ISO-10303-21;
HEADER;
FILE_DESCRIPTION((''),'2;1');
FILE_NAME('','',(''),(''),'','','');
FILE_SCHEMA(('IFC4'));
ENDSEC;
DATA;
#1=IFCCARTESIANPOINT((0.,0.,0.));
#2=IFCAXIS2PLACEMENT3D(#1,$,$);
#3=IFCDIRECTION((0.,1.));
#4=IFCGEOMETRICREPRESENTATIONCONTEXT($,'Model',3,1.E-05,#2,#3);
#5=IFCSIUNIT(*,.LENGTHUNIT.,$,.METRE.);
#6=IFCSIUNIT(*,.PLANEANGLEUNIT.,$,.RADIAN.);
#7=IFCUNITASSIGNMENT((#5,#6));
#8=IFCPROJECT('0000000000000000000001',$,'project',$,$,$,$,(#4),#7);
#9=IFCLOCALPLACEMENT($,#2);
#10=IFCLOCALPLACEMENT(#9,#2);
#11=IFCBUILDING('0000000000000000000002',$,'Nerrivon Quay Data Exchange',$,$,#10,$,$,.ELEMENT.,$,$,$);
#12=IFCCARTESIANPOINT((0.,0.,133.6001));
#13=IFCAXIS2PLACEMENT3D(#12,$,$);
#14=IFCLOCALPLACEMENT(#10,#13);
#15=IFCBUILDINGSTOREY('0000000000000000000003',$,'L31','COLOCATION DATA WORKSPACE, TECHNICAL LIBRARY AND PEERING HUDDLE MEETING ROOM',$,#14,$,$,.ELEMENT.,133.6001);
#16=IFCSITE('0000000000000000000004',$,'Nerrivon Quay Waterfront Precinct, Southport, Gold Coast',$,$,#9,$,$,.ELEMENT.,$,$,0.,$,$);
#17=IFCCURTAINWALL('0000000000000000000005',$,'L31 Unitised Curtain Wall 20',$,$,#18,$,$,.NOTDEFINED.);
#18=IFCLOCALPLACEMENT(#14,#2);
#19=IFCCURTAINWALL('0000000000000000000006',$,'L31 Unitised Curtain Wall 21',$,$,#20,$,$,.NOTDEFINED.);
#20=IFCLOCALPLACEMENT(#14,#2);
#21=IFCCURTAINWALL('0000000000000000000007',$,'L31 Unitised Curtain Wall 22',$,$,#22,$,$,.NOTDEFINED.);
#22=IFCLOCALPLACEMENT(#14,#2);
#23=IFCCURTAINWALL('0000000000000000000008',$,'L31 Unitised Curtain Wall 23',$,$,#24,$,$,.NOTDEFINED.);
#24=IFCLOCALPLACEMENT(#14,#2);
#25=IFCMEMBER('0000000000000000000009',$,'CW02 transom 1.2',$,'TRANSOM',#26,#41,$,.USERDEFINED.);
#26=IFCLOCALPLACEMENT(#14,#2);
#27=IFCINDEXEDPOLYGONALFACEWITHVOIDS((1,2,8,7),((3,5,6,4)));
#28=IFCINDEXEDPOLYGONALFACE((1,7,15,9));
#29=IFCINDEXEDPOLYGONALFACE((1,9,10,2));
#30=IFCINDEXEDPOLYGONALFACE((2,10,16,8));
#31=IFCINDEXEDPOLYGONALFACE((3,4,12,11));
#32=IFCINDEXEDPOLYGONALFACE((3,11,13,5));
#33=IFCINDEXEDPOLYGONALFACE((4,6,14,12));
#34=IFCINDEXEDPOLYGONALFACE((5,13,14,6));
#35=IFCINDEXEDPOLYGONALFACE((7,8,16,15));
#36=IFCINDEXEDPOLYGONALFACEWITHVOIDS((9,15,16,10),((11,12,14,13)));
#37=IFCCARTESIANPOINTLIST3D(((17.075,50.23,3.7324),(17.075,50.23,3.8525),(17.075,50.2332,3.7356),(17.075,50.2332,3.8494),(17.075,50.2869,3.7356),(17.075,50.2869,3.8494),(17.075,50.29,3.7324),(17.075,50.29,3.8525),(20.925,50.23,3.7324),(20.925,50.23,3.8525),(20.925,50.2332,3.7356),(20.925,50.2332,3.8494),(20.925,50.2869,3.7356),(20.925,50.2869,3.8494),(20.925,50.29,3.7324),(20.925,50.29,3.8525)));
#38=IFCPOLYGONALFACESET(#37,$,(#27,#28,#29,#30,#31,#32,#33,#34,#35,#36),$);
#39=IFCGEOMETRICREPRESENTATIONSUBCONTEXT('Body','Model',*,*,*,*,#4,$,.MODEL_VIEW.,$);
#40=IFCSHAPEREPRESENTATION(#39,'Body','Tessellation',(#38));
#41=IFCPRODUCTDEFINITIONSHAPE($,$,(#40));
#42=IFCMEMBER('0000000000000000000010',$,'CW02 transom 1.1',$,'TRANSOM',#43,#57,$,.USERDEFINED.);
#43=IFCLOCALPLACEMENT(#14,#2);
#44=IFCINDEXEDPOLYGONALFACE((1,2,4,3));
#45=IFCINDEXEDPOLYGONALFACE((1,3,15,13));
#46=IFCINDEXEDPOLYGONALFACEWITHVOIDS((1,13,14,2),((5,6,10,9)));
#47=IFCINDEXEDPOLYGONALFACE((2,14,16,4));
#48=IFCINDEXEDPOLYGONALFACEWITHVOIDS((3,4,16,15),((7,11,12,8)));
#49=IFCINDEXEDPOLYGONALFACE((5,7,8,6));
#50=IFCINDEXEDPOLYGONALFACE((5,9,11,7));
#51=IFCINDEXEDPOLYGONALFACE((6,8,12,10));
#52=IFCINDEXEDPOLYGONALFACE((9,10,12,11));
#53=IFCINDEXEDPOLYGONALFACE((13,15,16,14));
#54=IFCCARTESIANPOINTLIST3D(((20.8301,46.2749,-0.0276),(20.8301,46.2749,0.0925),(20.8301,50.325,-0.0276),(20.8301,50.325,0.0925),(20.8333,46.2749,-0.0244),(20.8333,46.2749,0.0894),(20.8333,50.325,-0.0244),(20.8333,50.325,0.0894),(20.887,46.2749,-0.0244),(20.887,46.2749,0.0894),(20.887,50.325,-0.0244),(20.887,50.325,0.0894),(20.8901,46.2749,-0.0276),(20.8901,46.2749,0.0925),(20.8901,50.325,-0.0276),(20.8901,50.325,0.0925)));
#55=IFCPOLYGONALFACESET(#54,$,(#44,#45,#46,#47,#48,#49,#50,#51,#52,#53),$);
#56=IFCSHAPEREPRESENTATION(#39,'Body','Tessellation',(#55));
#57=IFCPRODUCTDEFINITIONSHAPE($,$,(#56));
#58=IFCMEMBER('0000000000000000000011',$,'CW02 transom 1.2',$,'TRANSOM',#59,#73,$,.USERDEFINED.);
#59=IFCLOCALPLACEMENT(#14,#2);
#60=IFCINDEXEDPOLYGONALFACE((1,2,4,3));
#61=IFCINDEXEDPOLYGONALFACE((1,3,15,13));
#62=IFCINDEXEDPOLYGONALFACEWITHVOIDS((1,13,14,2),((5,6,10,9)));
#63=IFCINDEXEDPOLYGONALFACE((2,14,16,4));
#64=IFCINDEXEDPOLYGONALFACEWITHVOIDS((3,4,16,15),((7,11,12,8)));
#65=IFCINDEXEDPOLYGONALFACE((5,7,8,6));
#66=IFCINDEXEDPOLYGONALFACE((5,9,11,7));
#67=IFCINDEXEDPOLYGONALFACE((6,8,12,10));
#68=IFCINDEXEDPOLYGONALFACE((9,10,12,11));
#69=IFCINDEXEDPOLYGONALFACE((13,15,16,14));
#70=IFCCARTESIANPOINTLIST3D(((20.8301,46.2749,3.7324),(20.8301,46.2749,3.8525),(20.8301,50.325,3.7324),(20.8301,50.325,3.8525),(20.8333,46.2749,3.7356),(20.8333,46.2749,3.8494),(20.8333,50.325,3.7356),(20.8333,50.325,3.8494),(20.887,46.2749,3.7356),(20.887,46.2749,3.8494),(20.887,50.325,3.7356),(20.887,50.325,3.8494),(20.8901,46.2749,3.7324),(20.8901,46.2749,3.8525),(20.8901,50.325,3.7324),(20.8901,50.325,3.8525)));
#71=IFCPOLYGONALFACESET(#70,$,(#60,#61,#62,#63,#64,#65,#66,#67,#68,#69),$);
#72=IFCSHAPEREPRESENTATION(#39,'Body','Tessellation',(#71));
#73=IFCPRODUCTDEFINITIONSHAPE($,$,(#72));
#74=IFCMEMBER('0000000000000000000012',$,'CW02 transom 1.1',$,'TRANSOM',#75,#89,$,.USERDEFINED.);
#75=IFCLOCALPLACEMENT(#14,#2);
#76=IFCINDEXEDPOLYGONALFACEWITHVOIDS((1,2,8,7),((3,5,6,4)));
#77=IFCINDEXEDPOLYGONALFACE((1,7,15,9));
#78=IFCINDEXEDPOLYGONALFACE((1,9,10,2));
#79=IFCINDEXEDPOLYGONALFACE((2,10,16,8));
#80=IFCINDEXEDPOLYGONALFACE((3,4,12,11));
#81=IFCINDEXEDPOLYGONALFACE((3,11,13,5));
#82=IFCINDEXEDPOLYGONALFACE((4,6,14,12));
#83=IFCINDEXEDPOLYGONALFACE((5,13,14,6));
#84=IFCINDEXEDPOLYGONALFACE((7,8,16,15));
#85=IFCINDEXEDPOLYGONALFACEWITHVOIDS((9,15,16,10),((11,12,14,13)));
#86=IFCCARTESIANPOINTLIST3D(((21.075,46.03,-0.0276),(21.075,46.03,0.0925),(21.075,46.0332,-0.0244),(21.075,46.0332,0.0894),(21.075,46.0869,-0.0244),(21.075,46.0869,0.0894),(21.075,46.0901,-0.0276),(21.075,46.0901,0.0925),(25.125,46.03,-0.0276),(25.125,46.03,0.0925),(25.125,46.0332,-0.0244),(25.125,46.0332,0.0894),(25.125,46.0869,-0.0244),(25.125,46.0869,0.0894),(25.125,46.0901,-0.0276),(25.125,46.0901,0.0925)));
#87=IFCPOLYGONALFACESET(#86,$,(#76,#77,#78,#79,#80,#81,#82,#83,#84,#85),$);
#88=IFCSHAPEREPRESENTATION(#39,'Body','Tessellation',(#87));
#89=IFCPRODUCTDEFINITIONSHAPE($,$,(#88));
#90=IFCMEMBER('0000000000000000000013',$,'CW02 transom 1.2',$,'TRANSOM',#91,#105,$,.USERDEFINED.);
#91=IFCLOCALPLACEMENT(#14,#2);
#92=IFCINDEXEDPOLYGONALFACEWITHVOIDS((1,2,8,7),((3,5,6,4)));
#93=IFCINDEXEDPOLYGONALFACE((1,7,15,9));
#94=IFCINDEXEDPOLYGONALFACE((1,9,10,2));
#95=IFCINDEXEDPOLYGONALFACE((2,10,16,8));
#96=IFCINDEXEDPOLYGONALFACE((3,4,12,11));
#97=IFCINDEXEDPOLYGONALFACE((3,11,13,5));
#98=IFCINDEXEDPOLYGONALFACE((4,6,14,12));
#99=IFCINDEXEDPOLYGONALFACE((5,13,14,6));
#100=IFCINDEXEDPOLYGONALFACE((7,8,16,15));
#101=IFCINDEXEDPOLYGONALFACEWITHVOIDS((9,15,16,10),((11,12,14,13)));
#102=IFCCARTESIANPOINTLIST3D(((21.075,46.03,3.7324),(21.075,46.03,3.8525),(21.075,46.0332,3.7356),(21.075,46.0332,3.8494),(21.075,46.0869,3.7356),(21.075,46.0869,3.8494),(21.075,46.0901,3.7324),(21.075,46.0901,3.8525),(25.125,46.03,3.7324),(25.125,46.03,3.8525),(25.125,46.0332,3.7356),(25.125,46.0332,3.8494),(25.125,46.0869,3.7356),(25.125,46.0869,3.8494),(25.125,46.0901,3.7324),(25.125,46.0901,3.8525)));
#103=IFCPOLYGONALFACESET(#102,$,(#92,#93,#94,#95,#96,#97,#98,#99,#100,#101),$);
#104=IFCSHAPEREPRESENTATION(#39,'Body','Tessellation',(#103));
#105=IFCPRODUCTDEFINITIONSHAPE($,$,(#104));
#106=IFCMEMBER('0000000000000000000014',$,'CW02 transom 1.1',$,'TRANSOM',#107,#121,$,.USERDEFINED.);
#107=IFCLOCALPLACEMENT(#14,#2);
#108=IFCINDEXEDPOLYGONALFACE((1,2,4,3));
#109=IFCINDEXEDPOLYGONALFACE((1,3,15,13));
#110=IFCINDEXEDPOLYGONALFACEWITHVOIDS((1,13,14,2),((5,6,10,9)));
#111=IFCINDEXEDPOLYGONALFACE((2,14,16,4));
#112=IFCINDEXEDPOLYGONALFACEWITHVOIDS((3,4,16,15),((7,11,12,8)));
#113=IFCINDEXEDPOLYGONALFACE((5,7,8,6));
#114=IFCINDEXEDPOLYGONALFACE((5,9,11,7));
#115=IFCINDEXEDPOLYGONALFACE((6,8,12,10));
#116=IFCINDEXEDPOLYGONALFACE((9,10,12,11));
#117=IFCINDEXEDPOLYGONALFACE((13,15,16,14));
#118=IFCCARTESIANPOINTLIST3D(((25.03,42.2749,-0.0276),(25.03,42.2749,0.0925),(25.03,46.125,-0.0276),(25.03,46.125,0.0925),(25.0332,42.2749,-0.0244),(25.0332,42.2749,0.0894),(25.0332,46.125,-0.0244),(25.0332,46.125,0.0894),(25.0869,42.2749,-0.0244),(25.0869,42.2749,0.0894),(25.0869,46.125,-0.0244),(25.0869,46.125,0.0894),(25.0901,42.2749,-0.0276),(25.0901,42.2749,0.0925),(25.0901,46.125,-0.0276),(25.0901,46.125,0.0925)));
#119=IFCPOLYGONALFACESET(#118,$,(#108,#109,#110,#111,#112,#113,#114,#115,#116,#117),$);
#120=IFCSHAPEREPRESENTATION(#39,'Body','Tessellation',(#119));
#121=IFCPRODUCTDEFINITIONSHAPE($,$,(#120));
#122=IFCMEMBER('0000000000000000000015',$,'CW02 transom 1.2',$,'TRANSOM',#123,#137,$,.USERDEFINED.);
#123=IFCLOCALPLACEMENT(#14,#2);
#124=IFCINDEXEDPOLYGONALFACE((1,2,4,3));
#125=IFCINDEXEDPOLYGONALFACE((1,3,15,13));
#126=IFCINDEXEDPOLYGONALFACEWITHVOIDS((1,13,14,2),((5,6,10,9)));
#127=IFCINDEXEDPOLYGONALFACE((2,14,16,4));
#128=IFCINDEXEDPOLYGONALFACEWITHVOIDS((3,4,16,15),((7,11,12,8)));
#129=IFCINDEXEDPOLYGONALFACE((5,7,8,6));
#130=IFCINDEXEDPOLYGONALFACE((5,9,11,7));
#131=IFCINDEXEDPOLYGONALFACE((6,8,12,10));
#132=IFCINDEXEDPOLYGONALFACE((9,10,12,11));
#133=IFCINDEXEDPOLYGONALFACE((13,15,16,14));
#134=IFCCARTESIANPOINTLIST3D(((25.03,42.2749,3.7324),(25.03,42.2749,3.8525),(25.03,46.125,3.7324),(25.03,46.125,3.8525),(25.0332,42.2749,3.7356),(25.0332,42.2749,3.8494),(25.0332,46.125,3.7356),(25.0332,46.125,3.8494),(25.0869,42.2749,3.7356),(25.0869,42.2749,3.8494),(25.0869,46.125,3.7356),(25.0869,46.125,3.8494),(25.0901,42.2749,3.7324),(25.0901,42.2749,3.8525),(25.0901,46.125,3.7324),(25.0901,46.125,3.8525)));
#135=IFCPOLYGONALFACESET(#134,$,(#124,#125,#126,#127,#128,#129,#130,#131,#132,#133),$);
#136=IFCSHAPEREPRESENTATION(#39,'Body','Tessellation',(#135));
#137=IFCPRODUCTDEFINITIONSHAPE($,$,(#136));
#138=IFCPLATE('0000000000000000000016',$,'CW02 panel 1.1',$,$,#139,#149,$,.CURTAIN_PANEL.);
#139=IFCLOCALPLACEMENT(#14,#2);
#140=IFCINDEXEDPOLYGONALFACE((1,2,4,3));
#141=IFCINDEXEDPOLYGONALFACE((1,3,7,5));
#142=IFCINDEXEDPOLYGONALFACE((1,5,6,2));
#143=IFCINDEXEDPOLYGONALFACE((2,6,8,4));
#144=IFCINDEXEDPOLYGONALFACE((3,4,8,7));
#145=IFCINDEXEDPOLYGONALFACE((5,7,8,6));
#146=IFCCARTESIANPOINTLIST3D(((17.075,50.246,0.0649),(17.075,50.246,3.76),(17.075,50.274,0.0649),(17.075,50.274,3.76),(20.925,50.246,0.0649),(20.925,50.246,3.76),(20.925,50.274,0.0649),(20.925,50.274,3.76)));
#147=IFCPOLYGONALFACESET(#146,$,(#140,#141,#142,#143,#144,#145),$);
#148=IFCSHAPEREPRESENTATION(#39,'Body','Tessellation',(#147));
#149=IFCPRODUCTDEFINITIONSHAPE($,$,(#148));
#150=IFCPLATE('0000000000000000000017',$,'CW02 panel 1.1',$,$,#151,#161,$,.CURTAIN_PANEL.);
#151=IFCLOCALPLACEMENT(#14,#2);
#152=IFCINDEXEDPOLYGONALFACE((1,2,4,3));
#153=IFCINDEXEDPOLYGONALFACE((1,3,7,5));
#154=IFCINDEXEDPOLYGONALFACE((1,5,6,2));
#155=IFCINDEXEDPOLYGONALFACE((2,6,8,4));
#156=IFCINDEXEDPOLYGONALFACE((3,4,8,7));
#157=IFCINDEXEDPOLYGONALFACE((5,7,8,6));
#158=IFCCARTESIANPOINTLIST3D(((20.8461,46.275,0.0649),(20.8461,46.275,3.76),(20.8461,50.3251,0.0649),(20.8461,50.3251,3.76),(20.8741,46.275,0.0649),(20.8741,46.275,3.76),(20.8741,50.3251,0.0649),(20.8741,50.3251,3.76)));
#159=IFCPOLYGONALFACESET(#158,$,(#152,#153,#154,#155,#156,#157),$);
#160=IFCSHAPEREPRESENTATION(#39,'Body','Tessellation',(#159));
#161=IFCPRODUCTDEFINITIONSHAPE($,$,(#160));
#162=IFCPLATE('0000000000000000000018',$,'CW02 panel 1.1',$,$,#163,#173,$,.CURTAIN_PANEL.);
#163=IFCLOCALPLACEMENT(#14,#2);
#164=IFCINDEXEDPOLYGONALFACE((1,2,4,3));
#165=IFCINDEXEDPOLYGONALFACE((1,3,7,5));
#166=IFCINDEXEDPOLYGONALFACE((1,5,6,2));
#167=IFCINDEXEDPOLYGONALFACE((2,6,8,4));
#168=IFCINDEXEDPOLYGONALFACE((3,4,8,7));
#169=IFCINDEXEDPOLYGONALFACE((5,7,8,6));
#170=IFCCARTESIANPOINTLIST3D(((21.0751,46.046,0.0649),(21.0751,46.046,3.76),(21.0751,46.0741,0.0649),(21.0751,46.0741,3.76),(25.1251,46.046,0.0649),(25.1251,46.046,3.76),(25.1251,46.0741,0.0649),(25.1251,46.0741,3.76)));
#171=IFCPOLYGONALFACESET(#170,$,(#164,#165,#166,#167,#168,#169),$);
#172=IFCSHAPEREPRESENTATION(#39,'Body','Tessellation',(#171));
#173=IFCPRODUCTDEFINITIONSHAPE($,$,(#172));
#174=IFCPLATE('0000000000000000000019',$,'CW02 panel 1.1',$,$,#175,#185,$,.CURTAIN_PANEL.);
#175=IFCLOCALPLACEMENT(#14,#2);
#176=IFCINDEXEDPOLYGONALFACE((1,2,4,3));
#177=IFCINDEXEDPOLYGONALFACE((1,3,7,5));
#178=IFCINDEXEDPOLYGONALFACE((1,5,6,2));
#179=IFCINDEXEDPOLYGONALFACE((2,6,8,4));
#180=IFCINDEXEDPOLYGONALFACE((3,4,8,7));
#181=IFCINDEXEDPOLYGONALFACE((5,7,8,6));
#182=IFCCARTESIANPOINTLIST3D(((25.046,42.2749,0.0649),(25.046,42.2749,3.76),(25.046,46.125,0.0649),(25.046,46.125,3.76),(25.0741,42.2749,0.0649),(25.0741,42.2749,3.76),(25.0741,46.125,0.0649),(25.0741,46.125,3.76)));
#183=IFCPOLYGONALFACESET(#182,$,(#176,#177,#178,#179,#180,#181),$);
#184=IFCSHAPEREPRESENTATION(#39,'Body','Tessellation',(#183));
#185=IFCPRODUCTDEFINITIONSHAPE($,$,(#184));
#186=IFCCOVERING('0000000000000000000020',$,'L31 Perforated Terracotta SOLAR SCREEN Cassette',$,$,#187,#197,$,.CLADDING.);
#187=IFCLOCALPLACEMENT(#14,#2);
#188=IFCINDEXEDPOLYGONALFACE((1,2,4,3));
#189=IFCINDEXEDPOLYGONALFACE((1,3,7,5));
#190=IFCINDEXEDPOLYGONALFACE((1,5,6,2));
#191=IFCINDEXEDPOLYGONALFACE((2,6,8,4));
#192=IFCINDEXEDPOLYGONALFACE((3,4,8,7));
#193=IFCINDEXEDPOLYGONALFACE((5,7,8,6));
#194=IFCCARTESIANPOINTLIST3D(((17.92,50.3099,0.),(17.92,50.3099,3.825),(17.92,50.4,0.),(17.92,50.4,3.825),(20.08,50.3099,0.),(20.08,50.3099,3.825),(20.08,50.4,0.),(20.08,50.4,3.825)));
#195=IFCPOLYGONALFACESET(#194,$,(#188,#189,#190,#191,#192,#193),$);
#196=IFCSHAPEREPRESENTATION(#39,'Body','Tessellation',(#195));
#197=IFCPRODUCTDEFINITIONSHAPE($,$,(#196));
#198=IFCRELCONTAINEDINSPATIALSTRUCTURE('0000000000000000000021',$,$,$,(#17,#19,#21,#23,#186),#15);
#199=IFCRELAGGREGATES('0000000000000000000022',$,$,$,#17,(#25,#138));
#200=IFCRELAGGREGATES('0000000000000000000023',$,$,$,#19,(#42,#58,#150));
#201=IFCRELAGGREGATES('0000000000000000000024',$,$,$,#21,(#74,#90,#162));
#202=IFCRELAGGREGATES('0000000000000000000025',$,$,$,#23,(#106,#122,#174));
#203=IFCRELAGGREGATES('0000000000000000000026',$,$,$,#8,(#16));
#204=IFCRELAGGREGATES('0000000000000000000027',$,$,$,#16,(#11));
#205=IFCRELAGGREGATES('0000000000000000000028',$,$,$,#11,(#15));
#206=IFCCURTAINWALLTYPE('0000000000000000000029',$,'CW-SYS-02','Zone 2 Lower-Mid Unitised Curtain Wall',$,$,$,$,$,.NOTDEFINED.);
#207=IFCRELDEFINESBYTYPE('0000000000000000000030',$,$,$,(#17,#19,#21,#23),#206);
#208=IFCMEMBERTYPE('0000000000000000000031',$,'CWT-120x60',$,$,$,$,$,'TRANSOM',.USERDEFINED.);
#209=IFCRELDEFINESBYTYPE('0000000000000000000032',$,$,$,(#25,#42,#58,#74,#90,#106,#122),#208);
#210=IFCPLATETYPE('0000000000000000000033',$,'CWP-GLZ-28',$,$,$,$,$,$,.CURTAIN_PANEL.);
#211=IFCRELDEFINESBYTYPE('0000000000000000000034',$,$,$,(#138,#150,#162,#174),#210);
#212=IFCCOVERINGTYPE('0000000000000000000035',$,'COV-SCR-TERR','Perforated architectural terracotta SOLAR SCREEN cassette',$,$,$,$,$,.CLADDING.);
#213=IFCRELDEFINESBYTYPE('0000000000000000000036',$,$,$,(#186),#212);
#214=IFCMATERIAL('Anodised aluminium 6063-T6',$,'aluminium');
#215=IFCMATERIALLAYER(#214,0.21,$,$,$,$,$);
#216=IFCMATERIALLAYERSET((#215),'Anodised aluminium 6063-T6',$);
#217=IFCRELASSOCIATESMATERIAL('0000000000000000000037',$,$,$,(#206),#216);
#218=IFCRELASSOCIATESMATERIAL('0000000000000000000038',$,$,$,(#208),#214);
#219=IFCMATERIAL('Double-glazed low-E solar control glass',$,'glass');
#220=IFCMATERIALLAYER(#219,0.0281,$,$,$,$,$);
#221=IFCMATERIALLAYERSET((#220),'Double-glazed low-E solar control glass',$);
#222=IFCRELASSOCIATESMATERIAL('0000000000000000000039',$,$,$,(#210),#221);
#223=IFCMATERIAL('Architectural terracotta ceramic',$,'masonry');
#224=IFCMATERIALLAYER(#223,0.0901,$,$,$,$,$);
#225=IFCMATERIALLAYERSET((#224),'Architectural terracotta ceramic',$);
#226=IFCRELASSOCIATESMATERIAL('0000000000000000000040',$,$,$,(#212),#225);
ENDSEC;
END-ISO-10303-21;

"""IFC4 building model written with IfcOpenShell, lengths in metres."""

from ifc_helpers import new_model, si_unit, direction, frame, origin, origin_2d, place, context, subcontext, project, spatial, rectangle, hollow_rectangle, extrude, material, layer, layer_set, material_profile, profile_set, type_object, element, aggregate, save


model = new_model("IFC4")

# Units and contexts
model_context = context("Model", 3, precision=1e-05, world=origin(), true_north=direction((0.0, 1.0)))
body_context = subcontext(model_context, "Body", "Model", "MODEL_VIEW")
ifc_project = project(units=[si_unit("LENGTHUNIT", "METRE"), si_unit("PLANEANGLEUNIT", "RADIAN")], contexts=[model_context])

# Site, building, storey
site_placement = place(None, origin())
site = spatial("IfcSite", under=ifc_project, at=site_placement, Name="Nerrivon Quay Waterfront Precinct, Southport, Gold Coast", CompositionType="ELEMENT", RefElevation=0.0)
building_placement = place(site_placement, origin())
building = spatial("IfcBuilding", under=site, at=building_placement, Name="Nerrivon Quay Data Exchange", CompositionType="ELEMENT")
storey_placement = place(building_placement, frame((0.0, 0.0, 133.6001)))
storey = spatial("IfcBuildingStorey", under=building, at=storey_placement, Name="L31", Description="COLOCATION DATA WORKSPACE, TECHNICAL LIBRARY AND PEERING HUDDLE MEETING ROOM", CompositionType="ELEMENT", Elevation=133.6001)

# Shared definitions
ifc_material_1 = material(Name="Anodised aluminium 6063-T6", Category="aluminium")
ifc_layer_1 = layer(ifc_material_1, 0.21)
ifc_layer_set_1 = layer_set([ifc_layer_1], Name="Anodised aluminium 6063-T6")
curtain_wall_type = type_object("IfcCurtainWallType", Name="CW-SYS-02", Description="Zone 2 Lower-Mid Unitised Curtain Wall", PredefinedType="NOTDEFINED", material=ifc_layer_set_1)

# Curtain walls
curtain_wall_1_placement = place(storey_placement, origin())
curtain_wall_1 = element("IfcCurtainWall", 1, at=curtain_wall_1_placement, inside=storey, type_object=curtain_wall_type, Name="L31 Unitised Curtain Wall 20", PredefinedType="NOTDEFINED")
curtain_wall_2_placement = place(storey_placement, origin())
curtain_wall_2 = element("IfcCurtainWall", 2, at=curtain_wall_2_placement, inside=storey, type_object=curtain_wall_type, Name="L31 Unitised Curtain Wall 21", PredefinedType="NOTDEFINED")
curtain_wall_3_placement = place(storey_placement, origin())
curtain_wall_3 = element("IfcCurtainWall", 3, at=curtain_wall_3_placement, inside=storey, type_object=curtain_wall_type, Name="L31 Unitised Curtain Wall 22", PredefinedType="NOTDEFINED")

# Curtain wall
curtain_wall_4_placement = place(storey_placement, origin())
curtain_wall_4 = element("IfcCurtainWall", 4, at=curtain_wall_4_placement, inside=storey, type_object=curtain_wall_type, Name="L31 Unitised Curtain Wall 23", PredefinedType="NOTDEFINED")

# Members
ifc_material_profile_1 = material_profile(ifc_material_1, hollow_rectangle(XDim=0.0601, YDim=0.1201, WallThickness=0.0032, at=origin_2d()), Name="ALU-TRAN-120x60")
ifc_profile_set_1 = profile_set([ifc_material_profile_1], Name="Anodised aluminium 6063-T6")
member_type_1 = type_object("IfcMemberType", Name="CWT-120x60", ElementType="TRANSOM", PredefinedType="USERDEFINED", material=ifc_profile_set_1)
member_1_placement = place(storey_placement, frame((17.075, 50.26, 3.7925), z_axis=(1.0, 0.0, 0.0), x_axis=(0.0, 1.0, 0.0)))
member_1 = element("IfcMember", 5, at=member_1_placement, type_object=member_type_1, Name="CW02 transom 1.2", ObjectType="TRANSOM", PredefinedType="USERDEFINED", context=body_context, shape_type="SweptSolid", body=[
    extrude(hollow_rectangle(XDim=0.0601, YDim=0.1201, WallThickness=0.0032, at=origin_2d()), origin(), (0.0, 0.0, 1.0), 3.8501),
])
member_2_placement = place(storey_placement, frame((20.8601, 50.325, 0.0325), z_axis=(0.0, -1.0, 0.0), x_axis=(1.0, 0.0, 0.0)))
member_2 = element("IfcMember", 6, at=member_2_placement, type_object=member_type_1, Name="CW02 transom 1.1", ObjectType="TRANSOM", PredefinedType="USERDEFINED", context=body_context, shape_type="SweptSolid", body=[
    extrude(hollow_rectangle(XDim=0.0601, YDim=0.1201, WallThickness=0.0032, at=origin_2d()), origin(), (0.0, 0.0, 1.0), 4.05),
])
member_3_placement = place(storey_placement, frame((20.8601, 50.325, 3.7925), z_axis=(0.0, -1.0, 0.0), x_axis=(1.0, 0.0, 0.0)))
member_3 = element("IfcMember", 7, at=member_3_placement, type_object=member_type_1, Name="CW02 transom 1.2", ObjectType="TRANSOM", PredefinedType="USERDEFINED", context=body_context, shape_type="SweptSolid", body=[
    extrude(hollow_rectangle(XDim=0.0601, YDim=0.1201, WallThickness=0.0032, at=origin_2d()), origin(), (0.0, 0.0, 1.0), 4.05),
])
member_4_placement = place(storey_placement, frame((21.075, 46.0601, 0.0325), z_axis=(1.0, 0.0, 0.0), x_axis=(0.0, 1.0, 0.0)))
member_4 = element("IfcMember", 8, at=member_4_placement, type_object=member_type_1, Name="CW02 transom 1.1", ObjectType="TRANSOM", PredefinedType="USERDEFINED", context=body_context, shape_type="SweptSolid", body=[
    extrude(hollow_rectangle(XDim=0.0601, YDim=0.1201, WallThickness=0.0032, at=origin_2d()), origin(), (0.0, 0.0, 1.0), 4.05),
])
member_5_placement = place(storey_placement, frame((21.075, 46.0601, 3.7925), z_axis=(1.0, 0.0, 0.0), x_axis=(0.0, 1.0, 0.0)))
member_5 = element("IfcMember", 9, at=member_5_placement, type_object=member_type_1, Name="CW02 transom 1.2", ObjectType="TRANSOM", PredefinedType="USERDEFINED", context=body_context, shape_type="SweptSolid", body=[
    extrude(hollow_rectangle(XDim=0.0601, YDim=0.1201, WallThickness=0.0032, at=origin_2d()), origin(), (0.0, 0.0, 1.0), 4.05),
])
member_6_placement = place(storey_placement, frame((25.0601, 46.125, 0.0325), z_axis=(0.0, -1.0, 0.0), x_axis=(1.0, 0.0, 0.0)))
member_6 = element("IfcMember", 10, at=member_6_placement, type_object=member_type_1, Name="CW02 transom 1.1", ObjectType="TRANSOM", PredefinedType="USERDEFINED", context=body_context, shape_type="SweptSolid", body=[
    extrude(hollow_rectangle(XDim=0.0601, YDim=0.1201, WallThickness=0.0032, at=origin_2d()), origin(), (0.0, 0.0, 1.0), 3.8501),
])
member_7_placement = place(storey_placement, frame((25.0601, 46.125, 3.7925), z_axis=(0.0, -1.0, 0.0), x_axis=(1.0, 0.0, 0.0)))
member_7 = element("IfcMember", 11, at=member_7_placement, type_object=member_type_1, Name="CW02 transom 1.2", ObjectType="TRANSOM", PredefinedType="USERDEFINED", context=body_context, shape_type="SweptSolid", body=[
    extrude(hollow_rectangle(XDim=0.0601, YDim=0.1201, WallThickness=0.0032, at=origin_2d()), origin(), (0.0, 0.0, 1.0), 3.8501),
])

# Plates
ifc_material_2 = material(Name="Double-glazed low-E solar control glass", Category="glass")
ifc_layer_2 = layer(ifc_material_2, 0.0281)
ifc_layer_set_2 = layer_set([ifc_layer_2], Name="Double-glazed low-E solar control glass")
plate_type = type_object("IfcPlateType", Name="CWP-GLZ-28", PredefinedType="CURTAIN_PANEL", material=ifc_layer_set_2)
plate_1_placement = place(storey_placement, frame((19.0, 50.26, 0.0649), z_axis=(0.0, 0.0, 1.0), x_axis=(1.0, 0.0, 0.0)))
plate_1 = element("IfcPlate", 12, at=plate_1_placement, type_object=plate_type, Name="CW02 panel 1.1", PredefinedType="CURTAIN_PANEL", context=body_context, shape_type="SweptSolid", body=[
    extrude(rectangle(XDim=3.8501, YDim=0.0281, at=origin_2d()), origin(), (0.0, 0.0, 1.0), 3.6951),
])
aggregate(curtain_wall_1, [member_1, plate_1])
plate_2_placement = place(storey_placement, frame((20.8601, 48.3, 0.0649), z_axis=(0.0, 0.0, 1.0), x_axis=(0.0, -1.0, 0.0)))
plate_2 = element("IfcPlate", 13, at=plate_2_placement, type_object=plate_type, Name="CW02 panel 1.1", PredefinedType="CURTAIN_PANEL", context=body_context, shape_type="SweptSolid", body=[
    extrude(rectangle(XDim=4.05, YDim=0.0281, at=origin_2d()), origin(), (0.0, 0.0, 1.0), 3.6951),
])
aggregate(curtain_wall_2, [member_2, member_3, plate_2])
plate_3_placement = place(storey_placement, frame((23.1001, 46.0601, 0.0649), z_axis=(0.0, 0.0, 1.0), x_axis=(1.0, 0.0, 0.0)))
plate_3 = element("IfcPlate", 14, at=plate_3_placement, type_object=plate_type, Name="CW02 panel 1.1", PredefinedType="CURTAIN_PANEL", context=body_context, shape_type="SweptSolid", body=[
    extrude(rectangle(XDim=4.05, YDim=0.0281, at=origin_2d()), origin(), (0.0, 0.0, 1.0), 3.6951),
])
aggregate(curtain_wall_3, [member_4, member_5, plate_3])
plate_4_placement = place(storey_placement, frame((25.0601, 44.2, 0.0649), z_axis=(0.0, 0.0, 1.0), x_axis=(0.0, -1.0, 0.0)))
plate_4 = element("IfcPlate", 15, at=plate_4_placement, type_object=plate_type, Name="CW02 panel 1.1", PredefinedType="CURTAIN_PANEL", context=body_context, shape_type="SweptSolid", body=[
    extrude(rectangle(XDim=3.8501, YDim=0.0281, at=origin_2d()), origin(), (0.0, 0.0, 1.0), 3.6951),
])
aggregate(curtain_wall_4, [member_6, member_7, plate_4])

# Covering
ifc_material_3 = material(Name="Architectural terracotta ceramic", Category="masonry")
ifc_layer_3 = layer(ifc_material_3, 0.0901)
ifc_layer_set_3 = layer_set([ifc_layer_3], Name="Architectural terracotta ceramic")
covering_type = type_object("IfcCoveringType", Name="COV-SCR-TERR", Description="Perforated architectural terracotta SOLAR SCREEN cassette", PredefinedType="CLADDING", material=ifc_layer_set_3)
covering_1_placement = place(storey_placement, frame((19.0, 50.355, 0.0), z_axis=(0.0, 0.0, 1.0), x_axis=(1.0, 0.0, 0.0)))
element("IfcCovering", 16, at=covering_1_placement, inside=storey, type_object=covering_type, Name="L31 Perforated Terracotta SOLAR SCREEN Cassette", PredefinedType="CLADDING", context=body_context, shape_type="SweptSolid", body=[
    extrude(rectangle(XDim=2.1599, YDim=0.0901, at=origin_2d()), origin(), (0.0, 0.0, 1.0), 3.825),
])

save(model, "model.ifc")
